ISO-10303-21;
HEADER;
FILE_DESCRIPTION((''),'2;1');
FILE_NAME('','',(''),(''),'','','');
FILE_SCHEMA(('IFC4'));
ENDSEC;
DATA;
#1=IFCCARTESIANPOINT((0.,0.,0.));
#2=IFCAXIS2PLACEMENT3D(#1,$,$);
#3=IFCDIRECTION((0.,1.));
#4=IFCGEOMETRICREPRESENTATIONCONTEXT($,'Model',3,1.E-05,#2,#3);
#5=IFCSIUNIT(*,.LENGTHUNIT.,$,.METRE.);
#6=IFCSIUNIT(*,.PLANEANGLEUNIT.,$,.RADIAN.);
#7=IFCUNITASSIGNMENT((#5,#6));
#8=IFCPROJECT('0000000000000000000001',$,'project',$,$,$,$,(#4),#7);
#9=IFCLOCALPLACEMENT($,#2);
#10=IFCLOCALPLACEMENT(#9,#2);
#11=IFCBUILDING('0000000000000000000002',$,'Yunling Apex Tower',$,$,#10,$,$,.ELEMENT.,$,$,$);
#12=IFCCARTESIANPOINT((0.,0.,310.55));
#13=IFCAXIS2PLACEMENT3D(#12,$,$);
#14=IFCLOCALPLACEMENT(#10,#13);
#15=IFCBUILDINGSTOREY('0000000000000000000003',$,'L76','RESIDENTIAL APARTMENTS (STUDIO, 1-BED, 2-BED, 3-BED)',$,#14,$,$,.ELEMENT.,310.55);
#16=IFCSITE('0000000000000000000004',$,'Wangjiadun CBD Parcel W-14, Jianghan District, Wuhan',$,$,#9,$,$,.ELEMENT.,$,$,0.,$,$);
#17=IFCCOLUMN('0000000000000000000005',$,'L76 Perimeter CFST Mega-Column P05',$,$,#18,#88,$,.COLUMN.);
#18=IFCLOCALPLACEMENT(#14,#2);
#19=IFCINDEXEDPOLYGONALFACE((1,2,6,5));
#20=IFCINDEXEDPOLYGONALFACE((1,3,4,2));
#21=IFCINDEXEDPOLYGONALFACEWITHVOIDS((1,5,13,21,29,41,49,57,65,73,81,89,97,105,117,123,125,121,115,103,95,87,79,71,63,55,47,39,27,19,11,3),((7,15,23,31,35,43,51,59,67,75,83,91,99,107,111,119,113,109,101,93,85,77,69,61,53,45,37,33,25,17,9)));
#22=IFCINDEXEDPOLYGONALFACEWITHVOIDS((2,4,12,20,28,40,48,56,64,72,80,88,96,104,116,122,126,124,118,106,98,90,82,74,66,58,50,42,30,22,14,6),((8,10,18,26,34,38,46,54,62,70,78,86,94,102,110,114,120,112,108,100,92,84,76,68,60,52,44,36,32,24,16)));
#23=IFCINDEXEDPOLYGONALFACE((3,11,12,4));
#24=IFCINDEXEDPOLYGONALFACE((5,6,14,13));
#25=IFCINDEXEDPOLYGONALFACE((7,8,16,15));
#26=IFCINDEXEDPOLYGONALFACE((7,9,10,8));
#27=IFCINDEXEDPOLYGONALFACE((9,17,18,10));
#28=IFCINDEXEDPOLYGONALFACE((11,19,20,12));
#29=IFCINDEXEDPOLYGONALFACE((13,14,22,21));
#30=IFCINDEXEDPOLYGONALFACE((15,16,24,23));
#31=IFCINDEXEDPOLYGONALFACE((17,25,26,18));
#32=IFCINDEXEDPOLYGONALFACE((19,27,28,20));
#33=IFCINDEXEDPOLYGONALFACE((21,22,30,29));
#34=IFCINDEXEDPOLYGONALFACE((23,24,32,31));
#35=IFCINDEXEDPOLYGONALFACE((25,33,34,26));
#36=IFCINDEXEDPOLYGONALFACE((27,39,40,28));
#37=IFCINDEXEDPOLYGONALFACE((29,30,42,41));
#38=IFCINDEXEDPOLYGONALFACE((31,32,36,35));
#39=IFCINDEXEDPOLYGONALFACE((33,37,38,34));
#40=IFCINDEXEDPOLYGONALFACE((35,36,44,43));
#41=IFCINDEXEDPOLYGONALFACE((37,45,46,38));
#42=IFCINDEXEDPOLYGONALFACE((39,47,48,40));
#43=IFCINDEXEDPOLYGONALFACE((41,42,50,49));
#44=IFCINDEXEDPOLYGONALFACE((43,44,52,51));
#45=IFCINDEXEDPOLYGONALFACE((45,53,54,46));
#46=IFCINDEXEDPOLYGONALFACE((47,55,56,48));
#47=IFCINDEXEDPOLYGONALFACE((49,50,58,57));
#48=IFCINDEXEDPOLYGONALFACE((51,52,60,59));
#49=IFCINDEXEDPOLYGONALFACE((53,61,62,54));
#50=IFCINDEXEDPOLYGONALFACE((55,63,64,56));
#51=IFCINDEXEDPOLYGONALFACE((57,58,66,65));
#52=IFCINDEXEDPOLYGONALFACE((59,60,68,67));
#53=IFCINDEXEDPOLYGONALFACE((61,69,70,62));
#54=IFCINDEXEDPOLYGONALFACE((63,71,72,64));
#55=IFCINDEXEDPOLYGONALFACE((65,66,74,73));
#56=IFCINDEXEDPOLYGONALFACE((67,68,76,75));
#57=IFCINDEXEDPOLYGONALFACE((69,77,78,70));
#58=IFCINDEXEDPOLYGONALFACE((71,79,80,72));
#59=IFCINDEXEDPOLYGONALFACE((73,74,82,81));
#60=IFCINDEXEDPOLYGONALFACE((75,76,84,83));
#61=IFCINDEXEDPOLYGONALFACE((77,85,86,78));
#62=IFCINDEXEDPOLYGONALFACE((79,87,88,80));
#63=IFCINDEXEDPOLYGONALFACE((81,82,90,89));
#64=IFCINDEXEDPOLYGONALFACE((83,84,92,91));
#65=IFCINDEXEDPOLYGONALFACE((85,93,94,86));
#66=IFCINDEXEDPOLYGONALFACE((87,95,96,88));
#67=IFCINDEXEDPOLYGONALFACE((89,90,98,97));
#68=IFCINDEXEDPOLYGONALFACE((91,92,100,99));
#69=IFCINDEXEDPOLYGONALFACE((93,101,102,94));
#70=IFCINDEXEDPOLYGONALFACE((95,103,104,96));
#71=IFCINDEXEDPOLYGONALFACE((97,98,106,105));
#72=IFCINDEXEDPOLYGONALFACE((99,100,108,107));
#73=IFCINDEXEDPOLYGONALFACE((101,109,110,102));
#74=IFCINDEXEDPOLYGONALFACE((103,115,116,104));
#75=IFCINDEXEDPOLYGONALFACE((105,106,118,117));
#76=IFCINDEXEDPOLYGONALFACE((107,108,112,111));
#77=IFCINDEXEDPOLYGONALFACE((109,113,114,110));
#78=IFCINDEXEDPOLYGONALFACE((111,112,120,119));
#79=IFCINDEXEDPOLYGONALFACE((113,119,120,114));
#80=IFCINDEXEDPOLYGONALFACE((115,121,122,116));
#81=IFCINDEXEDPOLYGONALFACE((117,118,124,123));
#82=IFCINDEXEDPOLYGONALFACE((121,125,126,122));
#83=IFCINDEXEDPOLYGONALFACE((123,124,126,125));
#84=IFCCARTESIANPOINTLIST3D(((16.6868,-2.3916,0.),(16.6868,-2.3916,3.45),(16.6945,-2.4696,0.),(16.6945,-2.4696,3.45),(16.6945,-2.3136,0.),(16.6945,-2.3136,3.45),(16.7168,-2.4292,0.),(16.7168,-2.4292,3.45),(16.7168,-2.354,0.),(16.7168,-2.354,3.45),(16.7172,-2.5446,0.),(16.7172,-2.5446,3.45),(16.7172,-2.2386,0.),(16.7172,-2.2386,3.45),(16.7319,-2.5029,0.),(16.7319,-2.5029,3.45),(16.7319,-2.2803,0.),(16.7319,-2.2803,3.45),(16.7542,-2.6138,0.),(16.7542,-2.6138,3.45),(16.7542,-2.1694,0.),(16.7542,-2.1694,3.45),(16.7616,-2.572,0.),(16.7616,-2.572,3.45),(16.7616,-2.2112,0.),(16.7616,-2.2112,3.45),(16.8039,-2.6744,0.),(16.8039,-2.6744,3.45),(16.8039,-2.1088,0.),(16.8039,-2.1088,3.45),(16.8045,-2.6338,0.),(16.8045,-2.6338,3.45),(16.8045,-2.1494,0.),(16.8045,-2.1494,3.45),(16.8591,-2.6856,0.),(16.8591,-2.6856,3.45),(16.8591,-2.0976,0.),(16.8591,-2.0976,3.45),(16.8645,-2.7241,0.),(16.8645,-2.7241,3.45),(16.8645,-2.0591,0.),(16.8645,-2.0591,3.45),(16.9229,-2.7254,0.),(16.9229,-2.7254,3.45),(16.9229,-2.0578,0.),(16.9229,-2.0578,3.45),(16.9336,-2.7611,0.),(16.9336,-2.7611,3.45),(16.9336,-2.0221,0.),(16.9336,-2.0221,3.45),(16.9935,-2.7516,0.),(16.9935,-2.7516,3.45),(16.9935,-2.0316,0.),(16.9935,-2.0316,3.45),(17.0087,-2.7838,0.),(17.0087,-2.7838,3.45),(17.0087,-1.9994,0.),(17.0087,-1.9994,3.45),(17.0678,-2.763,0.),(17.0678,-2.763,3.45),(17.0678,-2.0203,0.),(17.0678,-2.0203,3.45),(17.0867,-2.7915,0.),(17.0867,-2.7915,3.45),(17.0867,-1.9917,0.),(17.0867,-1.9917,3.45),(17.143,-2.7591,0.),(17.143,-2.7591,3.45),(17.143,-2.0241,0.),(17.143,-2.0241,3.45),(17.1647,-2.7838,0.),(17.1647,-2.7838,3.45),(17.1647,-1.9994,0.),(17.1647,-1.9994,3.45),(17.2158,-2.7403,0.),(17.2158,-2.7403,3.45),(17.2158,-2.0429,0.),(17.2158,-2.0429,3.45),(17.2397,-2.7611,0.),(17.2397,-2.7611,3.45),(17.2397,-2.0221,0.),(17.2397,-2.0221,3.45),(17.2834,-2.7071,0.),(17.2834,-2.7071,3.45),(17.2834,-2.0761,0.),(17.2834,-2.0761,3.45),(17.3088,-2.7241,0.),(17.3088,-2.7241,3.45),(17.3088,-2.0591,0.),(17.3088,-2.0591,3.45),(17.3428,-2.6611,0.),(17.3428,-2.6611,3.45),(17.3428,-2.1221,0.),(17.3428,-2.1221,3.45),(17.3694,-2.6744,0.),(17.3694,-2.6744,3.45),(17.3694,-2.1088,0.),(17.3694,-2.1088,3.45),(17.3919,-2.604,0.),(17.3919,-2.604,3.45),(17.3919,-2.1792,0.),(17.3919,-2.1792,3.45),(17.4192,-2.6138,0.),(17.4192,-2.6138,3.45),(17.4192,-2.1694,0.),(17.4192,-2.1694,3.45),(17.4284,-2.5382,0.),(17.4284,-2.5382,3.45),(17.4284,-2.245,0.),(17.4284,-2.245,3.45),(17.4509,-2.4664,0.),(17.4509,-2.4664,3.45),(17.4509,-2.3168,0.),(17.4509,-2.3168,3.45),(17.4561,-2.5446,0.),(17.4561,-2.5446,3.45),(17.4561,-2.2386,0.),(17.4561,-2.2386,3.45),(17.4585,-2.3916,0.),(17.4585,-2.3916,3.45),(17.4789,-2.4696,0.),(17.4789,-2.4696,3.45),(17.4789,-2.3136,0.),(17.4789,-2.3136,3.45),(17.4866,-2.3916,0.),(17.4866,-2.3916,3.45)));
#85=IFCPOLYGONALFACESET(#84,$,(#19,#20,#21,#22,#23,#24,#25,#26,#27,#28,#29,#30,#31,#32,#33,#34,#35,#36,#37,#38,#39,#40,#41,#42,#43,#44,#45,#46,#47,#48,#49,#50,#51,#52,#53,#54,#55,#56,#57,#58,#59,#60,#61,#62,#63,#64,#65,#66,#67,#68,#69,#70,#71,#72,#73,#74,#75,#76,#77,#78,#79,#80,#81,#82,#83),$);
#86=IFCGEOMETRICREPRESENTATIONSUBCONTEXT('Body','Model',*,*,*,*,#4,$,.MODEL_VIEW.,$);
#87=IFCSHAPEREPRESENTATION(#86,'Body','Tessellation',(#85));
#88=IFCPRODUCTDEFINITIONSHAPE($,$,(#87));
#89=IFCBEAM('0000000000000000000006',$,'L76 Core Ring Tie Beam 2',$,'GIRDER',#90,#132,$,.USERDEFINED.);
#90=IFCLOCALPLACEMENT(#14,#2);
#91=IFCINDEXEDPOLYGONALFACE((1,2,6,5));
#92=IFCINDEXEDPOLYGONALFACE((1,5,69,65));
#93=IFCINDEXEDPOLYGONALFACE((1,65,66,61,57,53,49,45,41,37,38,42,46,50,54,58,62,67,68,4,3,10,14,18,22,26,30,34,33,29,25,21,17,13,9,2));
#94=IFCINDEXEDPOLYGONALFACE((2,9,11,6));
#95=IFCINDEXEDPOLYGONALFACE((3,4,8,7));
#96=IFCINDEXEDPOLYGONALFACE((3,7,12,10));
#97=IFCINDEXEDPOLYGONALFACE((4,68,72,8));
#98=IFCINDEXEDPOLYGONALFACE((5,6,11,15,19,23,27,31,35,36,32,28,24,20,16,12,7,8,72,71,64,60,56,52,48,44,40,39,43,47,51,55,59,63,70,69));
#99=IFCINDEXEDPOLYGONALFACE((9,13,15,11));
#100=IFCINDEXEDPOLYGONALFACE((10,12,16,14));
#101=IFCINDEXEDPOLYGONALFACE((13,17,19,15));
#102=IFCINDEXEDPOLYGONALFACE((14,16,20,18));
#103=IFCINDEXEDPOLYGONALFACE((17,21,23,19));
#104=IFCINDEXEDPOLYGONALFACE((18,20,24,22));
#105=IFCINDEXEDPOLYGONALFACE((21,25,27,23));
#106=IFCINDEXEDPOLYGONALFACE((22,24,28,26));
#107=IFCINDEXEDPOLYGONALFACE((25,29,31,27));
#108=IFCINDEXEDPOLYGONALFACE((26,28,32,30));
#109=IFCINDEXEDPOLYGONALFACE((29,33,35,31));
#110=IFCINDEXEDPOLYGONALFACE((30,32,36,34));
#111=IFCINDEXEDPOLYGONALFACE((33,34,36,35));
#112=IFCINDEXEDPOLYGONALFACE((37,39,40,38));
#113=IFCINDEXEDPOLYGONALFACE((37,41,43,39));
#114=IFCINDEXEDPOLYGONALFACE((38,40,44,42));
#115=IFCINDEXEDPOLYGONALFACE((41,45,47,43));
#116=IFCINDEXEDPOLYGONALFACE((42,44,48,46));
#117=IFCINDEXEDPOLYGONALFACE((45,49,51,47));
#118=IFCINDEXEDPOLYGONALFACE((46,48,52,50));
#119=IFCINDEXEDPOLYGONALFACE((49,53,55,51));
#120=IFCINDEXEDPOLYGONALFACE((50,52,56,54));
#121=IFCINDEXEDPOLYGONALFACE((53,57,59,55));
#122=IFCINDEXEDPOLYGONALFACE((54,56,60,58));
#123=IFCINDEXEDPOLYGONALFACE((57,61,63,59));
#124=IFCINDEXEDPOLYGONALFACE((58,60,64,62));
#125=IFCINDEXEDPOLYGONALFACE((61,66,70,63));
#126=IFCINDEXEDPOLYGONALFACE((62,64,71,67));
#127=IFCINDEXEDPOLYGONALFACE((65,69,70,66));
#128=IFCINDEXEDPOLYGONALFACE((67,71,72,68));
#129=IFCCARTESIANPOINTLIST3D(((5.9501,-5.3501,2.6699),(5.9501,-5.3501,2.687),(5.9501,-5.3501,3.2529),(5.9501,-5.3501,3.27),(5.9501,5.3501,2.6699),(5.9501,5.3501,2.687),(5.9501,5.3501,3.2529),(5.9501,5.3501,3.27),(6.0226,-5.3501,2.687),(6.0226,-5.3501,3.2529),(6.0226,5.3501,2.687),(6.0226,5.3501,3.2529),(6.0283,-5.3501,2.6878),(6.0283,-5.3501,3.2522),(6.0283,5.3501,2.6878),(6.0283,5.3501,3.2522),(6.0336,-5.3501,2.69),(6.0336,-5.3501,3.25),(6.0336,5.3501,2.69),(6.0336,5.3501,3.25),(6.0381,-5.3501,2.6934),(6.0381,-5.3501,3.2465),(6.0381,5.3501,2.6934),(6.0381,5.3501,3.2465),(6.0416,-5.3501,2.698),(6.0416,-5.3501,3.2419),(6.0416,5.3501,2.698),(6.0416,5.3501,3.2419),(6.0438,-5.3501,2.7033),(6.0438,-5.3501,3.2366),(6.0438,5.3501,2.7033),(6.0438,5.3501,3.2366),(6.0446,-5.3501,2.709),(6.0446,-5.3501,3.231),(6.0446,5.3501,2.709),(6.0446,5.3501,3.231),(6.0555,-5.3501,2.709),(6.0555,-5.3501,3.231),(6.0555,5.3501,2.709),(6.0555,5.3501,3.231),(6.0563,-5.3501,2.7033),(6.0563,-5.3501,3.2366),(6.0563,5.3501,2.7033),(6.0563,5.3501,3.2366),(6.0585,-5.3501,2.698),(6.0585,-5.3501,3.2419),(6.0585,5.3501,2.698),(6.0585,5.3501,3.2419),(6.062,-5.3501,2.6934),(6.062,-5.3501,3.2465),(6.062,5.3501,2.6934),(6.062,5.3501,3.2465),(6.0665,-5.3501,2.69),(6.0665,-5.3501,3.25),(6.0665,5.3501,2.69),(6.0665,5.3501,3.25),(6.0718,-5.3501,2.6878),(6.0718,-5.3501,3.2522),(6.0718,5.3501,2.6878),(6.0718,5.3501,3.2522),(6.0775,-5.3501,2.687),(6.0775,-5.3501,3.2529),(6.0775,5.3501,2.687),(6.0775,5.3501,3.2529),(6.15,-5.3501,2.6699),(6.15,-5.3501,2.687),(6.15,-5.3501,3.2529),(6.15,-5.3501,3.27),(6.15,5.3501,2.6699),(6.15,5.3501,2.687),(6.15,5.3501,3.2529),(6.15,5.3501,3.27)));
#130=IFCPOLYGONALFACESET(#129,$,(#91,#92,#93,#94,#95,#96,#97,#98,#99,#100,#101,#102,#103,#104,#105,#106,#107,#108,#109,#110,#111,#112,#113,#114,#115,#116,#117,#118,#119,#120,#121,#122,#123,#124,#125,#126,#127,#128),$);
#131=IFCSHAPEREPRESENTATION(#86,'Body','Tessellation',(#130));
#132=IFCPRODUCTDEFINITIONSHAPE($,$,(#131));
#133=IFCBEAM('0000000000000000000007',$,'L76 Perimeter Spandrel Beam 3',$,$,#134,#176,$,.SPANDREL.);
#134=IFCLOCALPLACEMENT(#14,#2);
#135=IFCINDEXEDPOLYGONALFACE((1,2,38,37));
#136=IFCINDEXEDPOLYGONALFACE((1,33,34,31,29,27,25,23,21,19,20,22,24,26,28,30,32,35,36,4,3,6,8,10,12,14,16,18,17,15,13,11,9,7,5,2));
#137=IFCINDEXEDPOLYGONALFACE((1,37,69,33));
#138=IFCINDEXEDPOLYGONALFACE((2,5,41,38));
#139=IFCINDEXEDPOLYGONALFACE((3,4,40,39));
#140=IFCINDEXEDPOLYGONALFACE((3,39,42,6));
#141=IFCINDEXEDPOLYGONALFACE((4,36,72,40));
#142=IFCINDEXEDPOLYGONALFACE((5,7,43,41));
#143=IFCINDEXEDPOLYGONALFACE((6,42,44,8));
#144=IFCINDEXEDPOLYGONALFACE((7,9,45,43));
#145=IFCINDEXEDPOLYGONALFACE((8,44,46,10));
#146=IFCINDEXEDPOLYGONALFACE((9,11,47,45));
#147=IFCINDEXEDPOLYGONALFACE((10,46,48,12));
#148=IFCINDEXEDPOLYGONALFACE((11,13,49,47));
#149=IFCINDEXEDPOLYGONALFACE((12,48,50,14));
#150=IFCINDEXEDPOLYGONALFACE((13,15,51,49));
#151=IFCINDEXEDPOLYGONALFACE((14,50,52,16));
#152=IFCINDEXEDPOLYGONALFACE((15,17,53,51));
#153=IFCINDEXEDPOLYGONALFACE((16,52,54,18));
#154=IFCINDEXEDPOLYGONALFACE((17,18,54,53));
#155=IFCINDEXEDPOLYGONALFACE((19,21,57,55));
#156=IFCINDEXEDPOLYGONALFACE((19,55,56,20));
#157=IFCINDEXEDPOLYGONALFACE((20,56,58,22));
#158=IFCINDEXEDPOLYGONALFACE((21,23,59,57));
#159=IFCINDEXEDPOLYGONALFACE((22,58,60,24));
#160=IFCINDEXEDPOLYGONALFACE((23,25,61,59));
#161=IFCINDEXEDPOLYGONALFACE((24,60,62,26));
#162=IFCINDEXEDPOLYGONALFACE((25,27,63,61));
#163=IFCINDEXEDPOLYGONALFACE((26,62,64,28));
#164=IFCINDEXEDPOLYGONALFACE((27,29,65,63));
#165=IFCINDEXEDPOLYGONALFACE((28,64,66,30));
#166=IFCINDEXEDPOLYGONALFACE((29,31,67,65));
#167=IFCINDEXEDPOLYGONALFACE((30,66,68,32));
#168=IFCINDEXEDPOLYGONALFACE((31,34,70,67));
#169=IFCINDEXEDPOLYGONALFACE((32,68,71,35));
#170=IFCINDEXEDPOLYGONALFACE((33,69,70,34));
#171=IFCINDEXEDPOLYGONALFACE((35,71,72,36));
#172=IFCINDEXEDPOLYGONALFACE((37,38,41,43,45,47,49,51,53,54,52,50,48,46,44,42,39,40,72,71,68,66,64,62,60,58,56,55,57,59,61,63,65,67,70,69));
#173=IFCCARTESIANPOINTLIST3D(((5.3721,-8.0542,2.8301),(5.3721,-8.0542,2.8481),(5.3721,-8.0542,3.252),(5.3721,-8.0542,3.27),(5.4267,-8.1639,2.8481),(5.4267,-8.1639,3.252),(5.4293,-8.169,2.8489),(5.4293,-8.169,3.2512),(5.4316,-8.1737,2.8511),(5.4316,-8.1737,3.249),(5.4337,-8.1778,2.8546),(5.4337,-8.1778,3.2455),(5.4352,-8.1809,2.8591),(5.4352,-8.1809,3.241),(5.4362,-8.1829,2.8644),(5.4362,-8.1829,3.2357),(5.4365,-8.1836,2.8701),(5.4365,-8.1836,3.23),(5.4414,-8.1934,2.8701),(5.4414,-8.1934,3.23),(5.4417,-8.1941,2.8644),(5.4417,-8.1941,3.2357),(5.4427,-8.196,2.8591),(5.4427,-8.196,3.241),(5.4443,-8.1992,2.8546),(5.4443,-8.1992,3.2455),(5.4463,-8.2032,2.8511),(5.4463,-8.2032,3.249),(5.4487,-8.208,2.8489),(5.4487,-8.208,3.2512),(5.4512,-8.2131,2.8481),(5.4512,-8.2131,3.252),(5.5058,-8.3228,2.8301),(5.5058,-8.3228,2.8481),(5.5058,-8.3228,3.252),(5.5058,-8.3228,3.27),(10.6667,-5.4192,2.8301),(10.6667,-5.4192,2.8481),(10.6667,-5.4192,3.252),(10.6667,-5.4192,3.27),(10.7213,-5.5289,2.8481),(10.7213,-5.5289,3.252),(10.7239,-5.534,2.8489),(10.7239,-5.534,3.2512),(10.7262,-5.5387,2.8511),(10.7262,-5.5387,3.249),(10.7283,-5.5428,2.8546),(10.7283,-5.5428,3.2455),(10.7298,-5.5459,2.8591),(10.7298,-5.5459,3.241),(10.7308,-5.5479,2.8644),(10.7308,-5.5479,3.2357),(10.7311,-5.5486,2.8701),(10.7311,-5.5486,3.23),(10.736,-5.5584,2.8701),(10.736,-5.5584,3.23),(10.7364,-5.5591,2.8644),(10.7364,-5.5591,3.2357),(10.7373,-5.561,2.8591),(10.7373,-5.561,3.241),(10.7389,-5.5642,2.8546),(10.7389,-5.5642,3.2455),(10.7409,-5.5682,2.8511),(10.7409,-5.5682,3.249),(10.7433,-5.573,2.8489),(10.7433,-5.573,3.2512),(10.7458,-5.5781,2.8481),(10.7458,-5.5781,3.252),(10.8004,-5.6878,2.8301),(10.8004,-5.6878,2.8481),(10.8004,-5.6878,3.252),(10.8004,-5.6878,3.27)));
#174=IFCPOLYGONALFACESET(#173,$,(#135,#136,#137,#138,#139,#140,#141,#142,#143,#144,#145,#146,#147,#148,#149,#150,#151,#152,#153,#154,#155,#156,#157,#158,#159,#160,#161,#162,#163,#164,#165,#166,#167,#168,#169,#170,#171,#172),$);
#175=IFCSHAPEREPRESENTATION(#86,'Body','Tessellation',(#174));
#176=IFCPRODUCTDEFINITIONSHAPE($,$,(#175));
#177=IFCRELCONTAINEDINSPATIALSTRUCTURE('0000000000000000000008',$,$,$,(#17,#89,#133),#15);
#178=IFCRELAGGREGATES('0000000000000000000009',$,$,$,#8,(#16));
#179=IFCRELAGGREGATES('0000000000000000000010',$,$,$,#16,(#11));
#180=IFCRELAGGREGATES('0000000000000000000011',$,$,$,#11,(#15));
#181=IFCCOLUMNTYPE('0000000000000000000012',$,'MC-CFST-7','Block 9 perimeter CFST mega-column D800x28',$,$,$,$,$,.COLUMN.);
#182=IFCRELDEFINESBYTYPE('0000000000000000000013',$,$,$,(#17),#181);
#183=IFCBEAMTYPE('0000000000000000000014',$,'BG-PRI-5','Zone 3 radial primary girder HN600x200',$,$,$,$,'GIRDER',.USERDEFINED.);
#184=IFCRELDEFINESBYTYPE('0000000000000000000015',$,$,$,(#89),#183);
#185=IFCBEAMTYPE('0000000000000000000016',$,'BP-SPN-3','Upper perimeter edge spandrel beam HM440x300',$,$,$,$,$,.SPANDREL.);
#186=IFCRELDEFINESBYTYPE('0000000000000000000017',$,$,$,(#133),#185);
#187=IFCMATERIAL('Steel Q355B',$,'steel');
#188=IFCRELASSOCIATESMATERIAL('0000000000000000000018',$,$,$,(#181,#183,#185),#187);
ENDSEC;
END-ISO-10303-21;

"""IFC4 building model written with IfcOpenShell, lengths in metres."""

from ifc_helpers import new_model, si_unit, direction, frame, origin, origin_2d, place, context, subcontext, project, spatial, hollow_circle, i_section, extrude, source, transform, mapped, material, material_profile, profile_set, type_object, element, save


model = new_model("IFC4")

# Units and contexts
model_context = context("Model", 3, precision=1e-05, world=origin(), true_north=direction((0.0, 1.0)))
body_context = subcontext(model_context, "Body", "Model", "MODEL_VIEW")
ifc_project = project(units=[si_unit("LENGTHUNIT", "METRE"), si_unit("PLANEANGLEUNIT", "RADIAN")], contexts=[model_context])

# Site, building, storey
site_placement = place(None, origin())
site = spatial("IfcSite", under=ifc_project, at=site_placement, Name="Wangjiadun CBD Parcel W-14, Jianghan District, Wuhan", CompositionType="ELEMENT", RefElevation=0.0)
building_placement = place(site_placement, origin())
building = spatial("IfcBuilding", under=site, at=building_placement, Name="Yunling Apex Tower", CompositionType="ELEMENT")
storey_placement = place(building_placement, frame((0.0, 0.0, 310.55)))
storey = spatial("IfcBuildingStorey", under=building, at=storey_placement, Name="L76", Description="RESIDENTIAL APARTMENTS (STUDIO, 1-BED, 2-BED, 3-BED)", CompositionType="ELEMENT", Elevation=310.55)

# Column
ifc_material_1 = material(Name="Steel Q355B", Category="steel")
ifc_material_profile_1 = material_profile(ifc_material_1, hollow_circle(Radius=0.3999, WallThickness=0.0281, at=origin_2d()))
ifc_profile_set_1 = profile_set([ifc_material_profile_1], Name="Steel Q355B")
column_type_1 = type_object("IfcColumnType", Name="MC-CFST-7", Description="Block 9 perimeter CFST mega-column D800x28", PredefinedType="COLUMN", material=ifc_profile_set_1)
shared_shape_1 = source(origin(), body_context, "Body", "SweptSolid", [
    extrude(hollow_circle(Radius=0.3999, WallThickness=0.0281, at=origin_2d()), origin(), (0.0, 0.0, 1.0), 3.45),
])
for number, where, z_axis, x_axis, name in (
    (1, (17.0867, -2.3916, 0.0), (0.0, 0.0, 1.0), (1.0, 0.0, 0.0), "L76 Perimeter CFST Mega-Column P05"),
):
    element("IfcColumn", number, at=place(storey_placement, frame(where, z_axis=z_axis, x_axis=x_axis)), inside=storey, type_object=column_type_1, Name=name, PredefinedType="COLUMN", context=body_context, shape_type="MappedRepresentation", body=[
        mapped(shared_shape_1, transform((0.0, 0.0, 0.0), scale=1.0)),
    ])

# Beams
ifc_material_profile_2 = material_profile(ifc_material_1, i_section(OverallWidth=0.2, OverallDepth=0.6001, WebThickness=0.011, FlangeThickness=0.0171, FilletRadius=0.022, at=origin_2d()))
ifc_profile_set_2 = profile_set([ifc_material_profile_2], Name="Steel Q355B")
beam_type_1 = type_object("IfcBeamType", Name="BG-PRI-5", Description="Zone 3 radial primary girder HN600x200", ElementType="GIRDER", PredefinedType="USERDEFINED", material=ifc_profile_set_2)
shared_shape_2 = source(origin(), body_context, "Body", "SweptSolid", [
    extrude(i_section(OverallWidth=0.2, OverallDepth=0.6001, WebThickness=0.011, FlangeThickness=0.0171, FilletRadius=0.022, at=origin_2d()), origin(), (0.0, 0.0, 1.0), 10.7002),
])
beam_1_placement = place(storey_placement, frame((6.05, -5.3501, 2.97), z_axis=(0.0, 1.0, 0.0), x_axis=(-1.0, 0.0, 0.0)))
element("IfcBeam", 2, at=beam_1_placement, inside=storey, type_object=beam_type_1, Name="L76 Core Ring Tie Beam 2", ObjectType="GIRDER", PredefinedType="USERDEFINED", context=body_context, shape_type="MappedRepresentation", body=[
    mapped(shared_shape_2, transform((0.0, 0.0, 0.0), scale=1.0)),
])
ifc_material_profile_3 = material_profile(ifc_material_1, i_section(OverallWidth=0.3, OverallDepth=0.4399, WebThickness=0.011, FlangeThickness=0.0181, FilletRadius=0.022, at=origin_2d()))
ifc_profile_set_3 = profile_set([ifc_material_profile_3], Name="Steel Q355B")
beam_type_2 = type_object("IfcBeamType", Name="BP-SPN-3", Description="Upper perimeter edge spandrel beam HM440x300", PredefinedType="SPANDREL", material=ifc_profile_set_3)
shared_shape_3 = source(origin(), body_context, "Body", "SweptSolid", [
    extrude(i_section(OverallWidth=0.3, OverallDepth=0.4399, WebThickness=0.011, FlangeThickness=0.0181, FilletRadius=0.022, at=origin_2d()), origin(), (0.0, 0.0, 1.0), 5.9141),
])
for number, where, z_axis, x_axis, name in (
    (3, (5.439, -8.1885, 3.05), (0.89526, 0.445545, 0.0), (-0.445545, 0.89526, 0.0), "L76 Perimeter Spandrel Beam 3"),
):
    element("IfcBeam", number, at=place(storey_placement, frame(where, z_axis=z_axis, x_axis=x_axis)), inside=storey, type_object=beam_type_2, Name=name, PredefinedType="SPANDREL", context=body_context, shape_type="MappedRepresentation", body=[
        mapped(shared_shape_3, transform((0.0, 0.0, 0.0), scale=1.0)),
    ])

save(model, "model.ifc")
